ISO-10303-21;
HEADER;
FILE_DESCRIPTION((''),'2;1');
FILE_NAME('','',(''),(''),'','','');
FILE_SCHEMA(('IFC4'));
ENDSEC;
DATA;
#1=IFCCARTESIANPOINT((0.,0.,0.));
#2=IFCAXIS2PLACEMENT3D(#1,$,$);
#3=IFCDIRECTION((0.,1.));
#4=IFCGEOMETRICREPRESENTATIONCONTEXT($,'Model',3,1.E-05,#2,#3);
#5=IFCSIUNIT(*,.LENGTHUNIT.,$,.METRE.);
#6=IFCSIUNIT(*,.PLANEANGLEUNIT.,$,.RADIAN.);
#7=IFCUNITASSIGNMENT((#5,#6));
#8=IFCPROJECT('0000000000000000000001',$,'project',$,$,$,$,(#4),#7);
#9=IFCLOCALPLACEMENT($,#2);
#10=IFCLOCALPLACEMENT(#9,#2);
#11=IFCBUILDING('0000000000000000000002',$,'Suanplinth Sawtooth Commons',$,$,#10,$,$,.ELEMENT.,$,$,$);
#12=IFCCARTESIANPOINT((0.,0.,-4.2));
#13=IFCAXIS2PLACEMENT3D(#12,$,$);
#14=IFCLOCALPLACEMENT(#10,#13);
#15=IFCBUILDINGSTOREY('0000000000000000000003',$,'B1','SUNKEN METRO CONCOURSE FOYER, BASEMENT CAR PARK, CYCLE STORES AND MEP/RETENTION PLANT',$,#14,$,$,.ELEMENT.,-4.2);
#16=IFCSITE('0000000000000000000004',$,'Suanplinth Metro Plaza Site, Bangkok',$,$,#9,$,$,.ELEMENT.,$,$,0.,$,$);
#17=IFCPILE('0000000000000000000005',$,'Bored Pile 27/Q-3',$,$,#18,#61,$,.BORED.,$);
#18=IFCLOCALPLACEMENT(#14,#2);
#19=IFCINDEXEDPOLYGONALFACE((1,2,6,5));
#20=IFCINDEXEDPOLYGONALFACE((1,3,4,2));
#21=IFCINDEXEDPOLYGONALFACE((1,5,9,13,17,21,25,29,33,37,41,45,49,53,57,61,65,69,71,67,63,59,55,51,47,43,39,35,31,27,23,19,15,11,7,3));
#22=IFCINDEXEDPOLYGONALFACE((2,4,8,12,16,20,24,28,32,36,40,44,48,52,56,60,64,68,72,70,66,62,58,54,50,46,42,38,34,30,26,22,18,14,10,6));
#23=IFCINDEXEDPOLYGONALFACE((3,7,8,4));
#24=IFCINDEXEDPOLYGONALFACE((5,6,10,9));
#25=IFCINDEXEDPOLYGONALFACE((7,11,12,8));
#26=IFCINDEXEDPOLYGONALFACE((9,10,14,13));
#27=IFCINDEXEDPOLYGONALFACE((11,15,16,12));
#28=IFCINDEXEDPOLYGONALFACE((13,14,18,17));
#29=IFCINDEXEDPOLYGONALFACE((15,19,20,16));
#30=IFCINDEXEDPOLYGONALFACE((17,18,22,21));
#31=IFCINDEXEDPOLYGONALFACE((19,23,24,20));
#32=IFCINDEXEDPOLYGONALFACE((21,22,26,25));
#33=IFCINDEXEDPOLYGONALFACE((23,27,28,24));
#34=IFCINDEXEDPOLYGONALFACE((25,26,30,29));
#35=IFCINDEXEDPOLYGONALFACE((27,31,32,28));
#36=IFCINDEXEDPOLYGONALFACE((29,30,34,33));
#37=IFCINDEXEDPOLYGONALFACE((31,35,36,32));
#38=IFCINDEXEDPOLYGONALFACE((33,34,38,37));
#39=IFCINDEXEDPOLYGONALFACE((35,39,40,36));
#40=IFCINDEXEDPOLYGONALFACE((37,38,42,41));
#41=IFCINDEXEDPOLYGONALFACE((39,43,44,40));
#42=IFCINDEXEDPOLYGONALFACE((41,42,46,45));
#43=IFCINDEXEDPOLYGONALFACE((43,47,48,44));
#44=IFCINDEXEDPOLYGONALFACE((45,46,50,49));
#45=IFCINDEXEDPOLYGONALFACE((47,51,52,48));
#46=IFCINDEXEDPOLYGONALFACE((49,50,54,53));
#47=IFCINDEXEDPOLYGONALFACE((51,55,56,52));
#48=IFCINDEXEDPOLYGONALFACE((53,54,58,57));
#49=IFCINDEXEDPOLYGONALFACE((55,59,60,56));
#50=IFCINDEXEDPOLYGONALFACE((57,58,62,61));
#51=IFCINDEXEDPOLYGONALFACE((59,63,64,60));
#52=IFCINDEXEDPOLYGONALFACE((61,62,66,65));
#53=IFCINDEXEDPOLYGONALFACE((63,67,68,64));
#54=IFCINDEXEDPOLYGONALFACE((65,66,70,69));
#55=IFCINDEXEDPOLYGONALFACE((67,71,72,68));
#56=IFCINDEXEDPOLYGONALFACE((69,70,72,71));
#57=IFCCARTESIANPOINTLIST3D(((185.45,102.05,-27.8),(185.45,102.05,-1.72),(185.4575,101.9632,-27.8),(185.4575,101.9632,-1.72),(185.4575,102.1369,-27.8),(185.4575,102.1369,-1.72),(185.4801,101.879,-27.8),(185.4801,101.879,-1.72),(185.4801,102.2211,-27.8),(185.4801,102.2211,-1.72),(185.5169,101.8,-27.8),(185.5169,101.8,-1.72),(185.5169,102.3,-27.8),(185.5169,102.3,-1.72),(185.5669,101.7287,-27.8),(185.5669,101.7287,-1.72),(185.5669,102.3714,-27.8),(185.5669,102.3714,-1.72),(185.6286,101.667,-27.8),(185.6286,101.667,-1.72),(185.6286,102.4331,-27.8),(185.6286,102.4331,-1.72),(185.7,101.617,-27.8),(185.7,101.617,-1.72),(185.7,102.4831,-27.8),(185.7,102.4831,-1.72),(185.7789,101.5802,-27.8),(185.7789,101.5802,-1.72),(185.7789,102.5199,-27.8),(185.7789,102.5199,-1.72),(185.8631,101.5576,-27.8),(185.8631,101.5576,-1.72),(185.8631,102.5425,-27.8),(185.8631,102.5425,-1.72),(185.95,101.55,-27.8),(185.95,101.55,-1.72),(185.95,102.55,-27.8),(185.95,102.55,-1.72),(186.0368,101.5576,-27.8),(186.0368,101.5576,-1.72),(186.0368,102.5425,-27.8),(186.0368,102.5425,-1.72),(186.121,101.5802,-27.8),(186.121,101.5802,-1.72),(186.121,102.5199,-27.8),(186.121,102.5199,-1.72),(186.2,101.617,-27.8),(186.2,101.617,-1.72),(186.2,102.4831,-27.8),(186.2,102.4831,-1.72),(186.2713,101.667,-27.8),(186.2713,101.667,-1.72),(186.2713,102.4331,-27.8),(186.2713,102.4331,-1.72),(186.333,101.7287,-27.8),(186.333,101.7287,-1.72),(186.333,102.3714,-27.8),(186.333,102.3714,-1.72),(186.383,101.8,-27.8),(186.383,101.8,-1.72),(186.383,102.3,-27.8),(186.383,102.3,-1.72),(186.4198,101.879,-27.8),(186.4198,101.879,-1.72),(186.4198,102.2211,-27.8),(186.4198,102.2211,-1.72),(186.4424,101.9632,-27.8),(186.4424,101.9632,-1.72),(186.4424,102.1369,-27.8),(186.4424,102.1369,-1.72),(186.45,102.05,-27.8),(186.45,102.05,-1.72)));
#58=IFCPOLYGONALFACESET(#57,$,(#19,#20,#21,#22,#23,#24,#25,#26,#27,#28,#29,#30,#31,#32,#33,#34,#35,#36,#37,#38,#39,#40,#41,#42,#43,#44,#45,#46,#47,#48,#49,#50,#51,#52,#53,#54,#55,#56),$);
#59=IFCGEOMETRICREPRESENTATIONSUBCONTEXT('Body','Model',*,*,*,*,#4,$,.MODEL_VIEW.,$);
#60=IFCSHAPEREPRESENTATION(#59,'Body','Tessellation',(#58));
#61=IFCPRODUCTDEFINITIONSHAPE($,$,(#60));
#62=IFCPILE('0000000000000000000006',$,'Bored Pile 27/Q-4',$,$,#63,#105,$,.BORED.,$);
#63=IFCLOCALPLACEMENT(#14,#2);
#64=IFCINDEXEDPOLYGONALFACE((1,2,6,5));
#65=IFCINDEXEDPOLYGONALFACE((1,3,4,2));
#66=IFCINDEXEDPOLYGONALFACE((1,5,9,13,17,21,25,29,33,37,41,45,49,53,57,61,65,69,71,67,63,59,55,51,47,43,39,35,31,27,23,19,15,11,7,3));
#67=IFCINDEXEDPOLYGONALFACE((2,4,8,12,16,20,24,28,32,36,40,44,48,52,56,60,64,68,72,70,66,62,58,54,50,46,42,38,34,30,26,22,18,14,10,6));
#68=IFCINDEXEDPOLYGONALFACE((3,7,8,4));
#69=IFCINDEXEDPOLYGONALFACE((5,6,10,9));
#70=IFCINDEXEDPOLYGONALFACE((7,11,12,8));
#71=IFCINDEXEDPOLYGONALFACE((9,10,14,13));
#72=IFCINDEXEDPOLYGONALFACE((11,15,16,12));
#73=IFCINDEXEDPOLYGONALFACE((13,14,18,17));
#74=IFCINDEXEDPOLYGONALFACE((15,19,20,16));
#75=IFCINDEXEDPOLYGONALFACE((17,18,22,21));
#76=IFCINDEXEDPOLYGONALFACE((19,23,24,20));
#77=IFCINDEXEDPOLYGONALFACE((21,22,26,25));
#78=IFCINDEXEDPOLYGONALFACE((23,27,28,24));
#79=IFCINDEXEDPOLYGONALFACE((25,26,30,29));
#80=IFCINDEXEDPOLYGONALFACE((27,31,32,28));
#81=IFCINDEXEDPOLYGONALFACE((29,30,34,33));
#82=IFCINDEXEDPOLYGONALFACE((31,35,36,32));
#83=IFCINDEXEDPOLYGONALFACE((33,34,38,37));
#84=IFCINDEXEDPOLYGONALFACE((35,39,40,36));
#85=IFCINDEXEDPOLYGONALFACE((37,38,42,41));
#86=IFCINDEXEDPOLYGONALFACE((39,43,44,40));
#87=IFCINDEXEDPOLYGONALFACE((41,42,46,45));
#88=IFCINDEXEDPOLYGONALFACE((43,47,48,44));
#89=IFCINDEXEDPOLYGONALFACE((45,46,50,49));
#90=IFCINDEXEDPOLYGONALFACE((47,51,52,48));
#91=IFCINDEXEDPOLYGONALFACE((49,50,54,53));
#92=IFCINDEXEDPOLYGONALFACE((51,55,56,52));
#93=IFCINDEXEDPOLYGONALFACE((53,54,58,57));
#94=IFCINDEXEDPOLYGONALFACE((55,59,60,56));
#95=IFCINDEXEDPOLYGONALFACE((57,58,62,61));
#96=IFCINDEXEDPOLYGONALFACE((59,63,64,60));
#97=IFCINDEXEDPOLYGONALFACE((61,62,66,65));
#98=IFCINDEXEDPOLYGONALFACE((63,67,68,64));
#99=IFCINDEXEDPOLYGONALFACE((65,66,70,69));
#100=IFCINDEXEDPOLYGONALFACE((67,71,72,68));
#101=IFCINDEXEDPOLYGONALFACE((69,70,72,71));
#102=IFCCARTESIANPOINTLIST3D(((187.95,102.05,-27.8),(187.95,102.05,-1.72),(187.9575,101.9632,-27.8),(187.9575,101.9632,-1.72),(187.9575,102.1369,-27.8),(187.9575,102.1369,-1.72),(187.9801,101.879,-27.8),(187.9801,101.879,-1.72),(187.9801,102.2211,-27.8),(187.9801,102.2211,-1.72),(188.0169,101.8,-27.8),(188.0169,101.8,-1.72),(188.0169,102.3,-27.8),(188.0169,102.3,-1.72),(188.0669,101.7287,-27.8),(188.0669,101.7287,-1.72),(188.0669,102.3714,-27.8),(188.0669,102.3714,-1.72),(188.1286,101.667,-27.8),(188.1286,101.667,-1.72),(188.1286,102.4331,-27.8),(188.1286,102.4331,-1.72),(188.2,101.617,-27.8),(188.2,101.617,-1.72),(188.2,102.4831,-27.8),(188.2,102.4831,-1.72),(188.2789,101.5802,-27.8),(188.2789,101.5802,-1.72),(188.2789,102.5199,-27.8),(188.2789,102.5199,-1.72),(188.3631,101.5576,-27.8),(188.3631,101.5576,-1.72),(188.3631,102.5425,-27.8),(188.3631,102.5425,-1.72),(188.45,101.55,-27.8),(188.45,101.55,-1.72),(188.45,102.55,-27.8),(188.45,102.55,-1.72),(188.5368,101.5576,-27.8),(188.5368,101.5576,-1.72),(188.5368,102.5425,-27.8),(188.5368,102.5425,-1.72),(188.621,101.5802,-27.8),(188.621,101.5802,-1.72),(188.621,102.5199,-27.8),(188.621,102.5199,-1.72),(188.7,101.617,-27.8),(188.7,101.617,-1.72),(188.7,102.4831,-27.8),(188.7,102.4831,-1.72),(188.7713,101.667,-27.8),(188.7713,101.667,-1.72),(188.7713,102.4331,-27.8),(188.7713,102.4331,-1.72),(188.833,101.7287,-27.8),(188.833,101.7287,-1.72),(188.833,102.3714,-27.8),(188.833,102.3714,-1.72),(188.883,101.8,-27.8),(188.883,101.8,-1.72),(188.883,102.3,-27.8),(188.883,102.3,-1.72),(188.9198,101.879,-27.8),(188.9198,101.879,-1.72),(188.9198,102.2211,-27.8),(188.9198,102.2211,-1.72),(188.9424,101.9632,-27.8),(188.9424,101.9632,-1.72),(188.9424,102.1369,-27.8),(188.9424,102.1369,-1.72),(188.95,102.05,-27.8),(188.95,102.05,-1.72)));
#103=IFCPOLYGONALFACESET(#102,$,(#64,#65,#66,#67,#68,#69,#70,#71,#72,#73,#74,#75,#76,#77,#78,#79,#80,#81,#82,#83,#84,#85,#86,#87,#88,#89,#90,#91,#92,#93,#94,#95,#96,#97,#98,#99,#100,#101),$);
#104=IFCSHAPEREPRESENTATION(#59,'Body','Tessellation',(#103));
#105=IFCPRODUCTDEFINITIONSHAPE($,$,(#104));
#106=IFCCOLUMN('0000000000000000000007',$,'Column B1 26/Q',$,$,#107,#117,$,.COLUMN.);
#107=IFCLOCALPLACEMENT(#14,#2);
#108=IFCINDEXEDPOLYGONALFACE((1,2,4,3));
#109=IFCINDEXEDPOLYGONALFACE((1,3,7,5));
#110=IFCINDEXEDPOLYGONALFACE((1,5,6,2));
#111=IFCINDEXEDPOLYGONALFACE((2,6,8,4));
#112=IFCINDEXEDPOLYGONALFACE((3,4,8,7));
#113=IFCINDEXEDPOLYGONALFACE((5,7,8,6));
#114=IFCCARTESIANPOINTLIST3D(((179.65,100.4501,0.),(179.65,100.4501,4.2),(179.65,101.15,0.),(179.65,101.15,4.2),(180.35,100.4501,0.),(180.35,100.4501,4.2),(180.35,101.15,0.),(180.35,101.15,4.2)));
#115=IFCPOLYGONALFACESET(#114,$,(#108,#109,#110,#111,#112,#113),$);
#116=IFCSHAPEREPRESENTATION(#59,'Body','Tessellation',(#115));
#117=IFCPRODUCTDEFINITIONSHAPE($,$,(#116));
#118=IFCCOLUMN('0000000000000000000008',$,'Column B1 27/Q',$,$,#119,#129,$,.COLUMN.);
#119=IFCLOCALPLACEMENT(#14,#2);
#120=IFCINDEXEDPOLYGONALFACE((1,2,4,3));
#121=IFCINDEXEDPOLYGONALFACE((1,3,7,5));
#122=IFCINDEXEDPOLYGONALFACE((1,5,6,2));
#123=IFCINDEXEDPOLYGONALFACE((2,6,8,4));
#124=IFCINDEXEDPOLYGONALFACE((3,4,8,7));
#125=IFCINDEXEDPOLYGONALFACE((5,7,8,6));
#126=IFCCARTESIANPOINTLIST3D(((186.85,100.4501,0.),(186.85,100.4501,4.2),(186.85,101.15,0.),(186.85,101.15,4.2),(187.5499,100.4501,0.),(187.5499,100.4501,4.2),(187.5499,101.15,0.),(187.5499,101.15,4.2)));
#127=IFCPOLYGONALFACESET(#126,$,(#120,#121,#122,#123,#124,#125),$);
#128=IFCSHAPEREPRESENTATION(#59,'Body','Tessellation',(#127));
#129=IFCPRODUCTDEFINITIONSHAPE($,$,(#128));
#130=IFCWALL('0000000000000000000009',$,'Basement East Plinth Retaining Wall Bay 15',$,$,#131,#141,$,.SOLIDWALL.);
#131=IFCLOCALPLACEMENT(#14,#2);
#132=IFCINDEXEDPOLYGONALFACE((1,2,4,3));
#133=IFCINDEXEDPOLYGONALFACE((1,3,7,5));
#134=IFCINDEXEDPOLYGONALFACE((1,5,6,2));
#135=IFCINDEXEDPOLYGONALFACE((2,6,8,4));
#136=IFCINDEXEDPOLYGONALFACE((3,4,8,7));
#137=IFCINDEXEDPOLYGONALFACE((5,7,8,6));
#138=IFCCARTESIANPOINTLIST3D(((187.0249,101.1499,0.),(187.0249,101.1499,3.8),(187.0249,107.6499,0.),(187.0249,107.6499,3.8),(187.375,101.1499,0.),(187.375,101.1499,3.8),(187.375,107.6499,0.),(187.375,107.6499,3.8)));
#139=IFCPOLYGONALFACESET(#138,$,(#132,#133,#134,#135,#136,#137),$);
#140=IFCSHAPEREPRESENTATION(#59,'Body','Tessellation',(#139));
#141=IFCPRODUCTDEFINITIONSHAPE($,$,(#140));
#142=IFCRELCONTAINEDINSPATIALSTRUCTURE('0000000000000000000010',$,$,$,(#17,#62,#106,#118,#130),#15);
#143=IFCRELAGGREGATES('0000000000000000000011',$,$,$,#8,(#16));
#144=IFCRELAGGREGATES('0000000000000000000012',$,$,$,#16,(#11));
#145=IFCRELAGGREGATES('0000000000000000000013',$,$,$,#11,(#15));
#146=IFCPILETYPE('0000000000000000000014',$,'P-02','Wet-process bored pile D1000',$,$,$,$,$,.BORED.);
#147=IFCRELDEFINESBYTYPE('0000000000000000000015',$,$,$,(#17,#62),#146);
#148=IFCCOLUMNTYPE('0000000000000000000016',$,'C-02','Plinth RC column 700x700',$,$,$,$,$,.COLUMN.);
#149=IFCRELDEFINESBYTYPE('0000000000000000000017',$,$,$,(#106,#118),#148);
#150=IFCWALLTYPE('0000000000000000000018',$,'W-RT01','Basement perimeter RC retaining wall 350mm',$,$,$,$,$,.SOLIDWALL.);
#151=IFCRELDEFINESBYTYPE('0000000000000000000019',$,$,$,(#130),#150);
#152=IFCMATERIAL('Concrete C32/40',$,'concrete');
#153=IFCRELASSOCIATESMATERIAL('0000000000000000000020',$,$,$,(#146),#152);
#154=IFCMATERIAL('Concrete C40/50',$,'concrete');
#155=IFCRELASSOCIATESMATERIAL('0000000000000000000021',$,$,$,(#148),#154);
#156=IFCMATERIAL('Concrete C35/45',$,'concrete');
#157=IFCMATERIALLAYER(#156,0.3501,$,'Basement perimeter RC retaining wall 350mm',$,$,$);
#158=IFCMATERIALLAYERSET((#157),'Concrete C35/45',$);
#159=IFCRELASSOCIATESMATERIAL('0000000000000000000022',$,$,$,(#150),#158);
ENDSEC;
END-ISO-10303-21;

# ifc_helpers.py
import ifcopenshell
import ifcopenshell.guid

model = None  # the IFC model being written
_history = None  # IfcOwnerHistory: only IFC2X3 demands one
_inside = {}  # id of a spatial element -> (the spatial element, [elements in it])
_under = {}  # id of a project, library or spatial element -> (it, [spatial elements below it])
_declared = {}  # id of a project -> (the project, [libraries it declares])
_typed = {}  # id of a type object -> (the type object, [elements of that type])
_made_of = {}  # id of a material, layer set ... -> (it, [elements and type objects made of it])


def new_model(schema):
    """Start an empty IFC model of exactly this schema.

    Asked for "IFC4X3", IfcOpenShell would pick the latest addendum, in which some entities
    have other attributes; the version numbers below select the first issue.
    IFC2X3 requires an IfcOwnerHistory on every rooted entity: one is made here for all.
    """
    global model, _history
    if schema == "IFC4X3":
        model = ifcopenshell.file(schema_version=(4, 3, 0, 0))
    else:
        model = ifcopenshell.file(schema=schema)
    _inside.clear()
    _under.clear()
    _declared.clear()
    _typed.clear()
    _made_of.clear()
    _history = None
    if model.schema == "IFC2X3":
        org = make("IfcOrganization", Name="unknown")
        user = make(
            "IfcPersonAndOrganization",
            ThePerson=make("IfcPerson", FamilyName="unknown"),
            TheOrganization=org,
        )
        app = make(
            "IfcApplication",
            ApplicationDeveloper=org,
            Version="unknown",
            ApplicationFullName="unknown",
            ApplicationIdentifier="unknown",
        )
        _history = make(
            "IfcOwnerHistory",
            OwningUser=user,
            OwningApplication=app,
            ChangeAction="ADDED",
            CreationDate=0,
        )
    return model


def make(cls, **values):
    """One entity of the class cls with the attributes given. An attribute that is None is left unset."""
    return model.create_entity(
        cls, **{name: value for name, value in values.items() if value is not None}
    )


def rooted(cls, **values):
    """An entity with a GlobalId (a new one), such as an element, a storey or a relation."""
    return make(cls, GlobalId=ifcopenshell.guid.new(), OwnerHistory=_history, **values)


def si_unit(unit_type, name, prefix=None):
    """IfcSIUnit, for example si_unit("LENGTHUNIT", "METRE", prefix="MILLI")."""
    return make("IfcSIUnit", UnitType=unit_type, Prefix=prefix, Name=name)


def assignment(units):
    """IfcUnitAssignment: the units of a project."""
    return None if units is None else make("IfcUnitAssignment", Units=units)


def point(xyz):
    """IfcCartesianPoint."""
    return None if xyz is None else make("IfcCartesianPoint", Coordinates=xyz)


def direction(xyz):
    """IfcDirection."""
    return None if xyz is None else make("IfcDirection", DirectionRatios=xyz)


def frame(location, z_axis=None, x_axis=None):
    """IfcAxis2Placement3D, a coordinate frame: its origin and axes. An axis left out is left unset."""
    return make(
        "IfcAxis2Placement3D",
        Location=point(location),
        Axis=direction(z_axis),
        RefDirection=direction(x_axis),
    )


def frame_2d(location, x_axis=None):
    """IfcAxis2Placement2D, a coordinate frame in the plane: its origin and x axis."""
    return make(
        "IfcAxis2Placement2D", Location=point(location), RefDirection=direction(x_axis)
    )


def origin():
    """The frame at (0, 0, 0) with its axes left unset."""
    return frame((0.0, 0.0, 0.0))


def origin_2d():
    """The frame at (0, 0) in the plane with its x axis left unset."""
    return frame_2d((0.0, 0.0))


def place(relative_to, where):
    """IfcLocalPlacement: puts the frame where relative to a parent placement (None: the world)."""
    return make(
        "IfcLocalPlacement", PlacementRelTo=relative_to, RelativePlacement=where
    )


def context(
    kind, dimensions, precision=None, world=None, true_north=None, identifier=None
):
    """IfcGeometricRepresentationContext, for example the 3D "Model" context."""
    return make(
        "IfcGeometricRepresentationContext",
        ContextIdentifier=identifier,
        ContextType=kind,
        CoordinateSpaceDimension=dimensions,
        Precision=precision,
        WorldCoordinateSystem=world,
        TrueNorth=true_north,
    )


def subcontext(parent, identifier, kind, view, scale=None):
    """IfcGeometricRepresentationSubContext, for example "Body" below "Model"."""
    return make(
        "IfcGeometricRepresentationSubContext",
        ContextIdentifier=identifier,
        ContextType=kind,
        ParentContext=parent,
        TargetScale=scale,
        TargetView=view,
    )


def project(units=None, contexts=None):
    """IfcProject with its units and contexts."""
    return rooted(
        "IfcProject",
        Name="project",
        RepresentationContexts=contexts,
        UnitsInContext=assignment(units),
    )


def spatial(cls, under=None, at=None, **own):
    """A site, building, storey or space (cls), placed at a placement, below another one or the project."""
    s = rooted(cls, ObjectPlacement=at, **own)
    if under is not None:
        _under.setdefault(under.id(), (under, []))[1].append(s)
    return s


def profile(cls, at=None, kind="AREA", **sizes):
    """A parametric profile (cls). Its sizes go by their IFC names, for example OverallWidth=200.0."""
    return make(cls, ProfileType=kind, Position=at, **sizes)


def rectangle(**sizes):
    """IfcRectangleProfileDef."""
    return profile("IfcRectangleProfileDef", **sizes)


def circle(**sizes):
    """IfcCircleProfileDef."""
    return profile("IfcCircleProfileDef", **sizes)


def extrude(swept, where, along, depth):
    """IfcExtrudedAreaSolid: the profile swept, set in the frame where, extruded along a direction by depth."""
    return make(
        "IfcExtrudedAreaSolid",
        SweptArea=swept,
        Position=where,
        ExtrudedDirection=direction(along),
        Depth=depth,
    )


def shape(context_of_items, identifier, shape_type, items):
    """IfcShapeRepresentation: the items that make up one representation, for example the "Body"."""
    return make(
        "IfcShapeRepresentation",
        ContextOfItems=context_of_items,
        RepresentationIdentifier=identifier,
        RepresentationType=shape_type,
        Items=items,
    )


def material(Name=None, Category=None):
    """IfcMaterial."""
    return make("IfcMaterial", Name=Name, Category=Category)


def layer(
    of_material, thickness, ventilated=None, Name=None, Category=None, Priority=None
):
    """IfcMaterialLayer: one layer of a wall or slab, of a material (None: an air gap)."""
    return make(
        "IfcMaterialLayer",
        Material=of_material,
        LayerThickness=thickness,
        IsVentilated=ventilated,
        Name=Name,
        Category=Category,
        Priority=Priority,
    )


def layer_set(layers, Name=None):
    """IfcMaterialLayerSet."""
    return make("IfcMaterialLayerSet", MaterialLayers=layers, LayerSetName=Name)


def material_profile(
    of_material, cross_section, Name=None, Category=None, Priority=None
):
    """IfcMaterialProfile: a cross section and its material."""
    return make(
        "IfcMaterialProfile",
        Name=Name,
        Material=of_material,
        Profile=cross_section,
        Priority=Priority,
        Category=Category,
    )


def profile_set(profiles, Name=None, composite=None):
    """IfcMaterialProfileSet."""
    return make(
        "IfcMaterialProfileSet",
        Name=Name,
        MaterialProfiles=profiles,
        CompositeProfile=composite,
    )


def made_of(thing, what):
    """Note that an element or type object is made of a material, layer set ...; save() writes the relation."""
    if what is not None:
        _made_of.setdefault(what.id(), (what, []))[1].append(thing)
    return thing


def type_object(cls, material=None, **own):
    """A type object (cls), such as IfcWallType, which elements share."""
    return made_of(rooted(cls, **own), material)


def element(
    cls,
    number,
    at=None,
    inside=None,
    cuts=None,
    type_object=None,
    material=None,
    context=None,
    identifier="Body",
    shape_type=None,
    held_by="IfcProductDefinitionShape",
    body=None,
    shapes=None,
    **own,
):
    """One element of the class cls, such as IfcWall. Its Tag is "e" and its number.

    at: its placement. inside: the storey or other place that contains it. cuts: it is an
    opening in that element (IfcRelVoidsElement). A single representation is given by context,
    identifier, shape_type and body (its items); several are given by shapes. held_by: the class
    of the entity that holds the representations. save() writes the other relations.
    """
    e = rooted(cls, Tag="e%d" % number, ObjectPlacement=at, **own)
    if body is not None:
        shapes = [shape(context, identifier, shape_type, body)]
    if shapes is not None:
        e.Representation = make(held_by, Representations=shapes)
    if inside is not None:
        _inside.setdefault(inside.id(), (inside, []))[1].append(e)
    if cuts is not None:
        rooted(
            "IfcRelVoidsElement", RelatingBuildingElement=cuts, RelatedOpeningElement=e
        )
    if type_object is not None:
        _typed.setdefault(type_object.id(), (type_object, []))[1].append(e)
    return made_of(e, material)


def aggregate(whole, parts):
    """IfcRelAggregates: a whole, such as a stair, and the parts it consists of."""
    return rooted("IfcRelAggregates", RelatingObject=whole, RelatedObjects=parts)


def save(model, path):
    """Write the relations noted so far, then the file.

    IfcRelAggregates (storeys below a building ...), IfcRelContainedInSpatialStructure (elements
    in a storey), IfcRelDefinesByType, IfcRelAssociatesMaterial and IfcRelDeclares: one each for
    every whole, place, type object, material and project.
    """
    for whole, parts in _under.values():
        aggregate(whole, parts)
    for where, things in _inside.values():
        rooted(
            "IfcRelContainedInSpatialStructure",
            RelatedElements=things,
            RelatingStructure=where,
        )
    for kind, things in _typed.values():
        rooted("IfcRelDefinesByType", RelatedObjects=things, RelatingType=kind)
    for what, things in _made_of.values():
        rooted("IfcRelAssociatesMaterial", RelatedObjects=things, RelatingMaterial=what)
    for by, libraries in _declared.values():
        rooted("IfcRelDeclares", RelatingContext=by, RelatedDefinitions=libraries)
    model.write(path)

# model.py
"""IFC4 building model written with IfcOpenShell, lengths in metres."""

from ifc_helpers import new_model, si_unit, direction, frame, frame_2d, origin, origin_2d, place, context, subcontext, project, spatial, rectangle, circle, extrude, material, layer, layer_set, material_profile, profile_set, type_object, element, save


model = new_model("IFC4")

# Units and contexts
model_context = context("Model", 3, precision=1e-05, world=origin(), true_north=direction((0.0, 1.0)))
body_context = subcontext(model_context, "Body", "Model", "MODEL_VIEW")
ifc_project = project(units=[si_unit("LENGTHUNIT", "METRE"), si_unit("PLANEANGLEUNIT", "RADIAN")], contexts=[model_context])

# Site, building, storey
site_placement = place(None, origin())
site = spatial("IfcSite", under=ifc_project, at=site_placement, Name="Suanplinth Metro Plaza Site, Bangkok", CompositionType="ELEMENT", RefElevation=0.0)
building_placement = place(site_placement, origin())
building = spatial("IfcBuilding", under=site, at=building_placement, Name="Suanplinth Sawtooth Commons", CompositionType="ELEMENT")
storey_placement = place(building_placement, frame((0.0, 0.0, -4.2)))
storey = spatial("IfcBuildingStorey", under=building, at=storey_placement, Name="B1", Description="SUNKEN METRO CONCOURSE FOYER, BASEMENT CAR PARK, CYCLE STORES AND MEP/RETENTION PLANT", CompositionType="ELEMENT", Elevation=-4.2)

# Shared definitions
ifc_material_1 = material(Name="Concrete C35/45", Category="concrete")

# Piles
ifc_material_2 = material(Name="Concrete C32/40", Category="concrete")
ifc_material_profile_1 = material_profile(ifc_material_2, circle(Radius=0.5, at=origin_2d()), Name="PILE D1000")
ifc_profile_set_1 = profile_set([ifc_material_profile_1], Name="Concrete C32/40")
pile_type = type_object("IfcPileType", Name="P-02", Description="Wet-process bored pile D1000", PredefinedType="BORED", material=ifc_profile_set_1)
for number, where, z_axis, x_axis, name in (
    (1, (185.95, 102.05, -1.72), (0.0, 0.0, -1.0), (1.0, 0.0, 0.0), "Bored Pile 27/Q-3"),
    (2, (188.45, 102.05, -1.72), (0.0, 0.0, -1.0), (1.0, 0.0, 0.0), "Bored Pile 27/Q-4"),
):
    element("IfcPile", number, at=place(storey_placement, frame(where, z_axis=z_axis, x_axis=x_axis)), inside=storey, type_object=pile_type, Name=name, PredefinedType="BORED", context=body_context, shape_type="SweptSolid", body=[
        extrude(circle(Radius=0.5, at=origin_2d()), origin(), (0.0, 0.0, 1.0), 26.0801),
    ])

# Columns
ifc_material_3 = material(Name="Concrete C40/50", Category="concrete")
ifc_material_profile_2 = material_profile(ifc_material_3, rectangle(XDim=0.7, YDim=0.7, at=origin_2d()), Name="RC-COL 700x700")
ifc_profile_set_2 = profile_set([ifc_material_profile_2], Name="Concrete C40/50")
column_type = type_object("IfcColumnType", Name="C-02", Description="Plinth RC column 700x700", PredefinedType="COLUMN", material=ifc_profile_set_2)
for number, where, z_axis, x_axis, name in (
    (3, (180.0, 100.8, 0.0), (0.0, 0.0, 1.0), (1.0, 0.0, 0.0), "Column B1 26/Q"),
    (4, (187.2, 100.8, 0.0), (0.0, 0.0, 1.0), (1.0, 0.0, 0.0), "Column B1 27/Q"),
):
    element("IfcColumn", number, at=place(storey_placement, frame(where, z_axis=z_axis, x_axis=x_axis)), inside=storey, type_object=column_type, Name=name, PredefinedType="COLUMN", context=body_context, shape_type="SweptSolid", body=[
        extrude(rectangle(XDim=0.7, YDim=0.7, at=origin_2d()), origin(), (0.0, 0.0, 1.0), 4.2),
    ])

# Wall
ifc_layer = layer(ifc_material_1, 0.3501, Name="Basement perimeter RC retaining wall 350mm")
ifc_layer_set = layer_set([ifc_layer], Name="Concrete C35/45")
wall_type = type_object("IfcWallType", Name="W-RT01", Description="Basement perimeter RC retaining wall 350mm", PredefinedType="SOLIDWALL", material=ifc_layer_set)
wall_placement = place(storey_placement, frame((187.2, 101.1499, 0.0), z_axis=(0.0, 0.0, 1.0), x_axis=(0.0, 1.0, 0.0)))
element("IfcWall", 5, at=wall_placement, inside=storey, type_object=wall_type, Name="Basement East Plinth Retaining Wall Bay 15", PredefinedType="SOLIDWALL", context=body_context, shape_type="SweptSolid", body=[
    extrude(rectangle(XDim=6.5, YDim=0.3501, at=frame_2d((3.25, 0.0))), origin(), (0.0, 0.0, 1.0), 3.8),
])

save(model, "model.ifc")
